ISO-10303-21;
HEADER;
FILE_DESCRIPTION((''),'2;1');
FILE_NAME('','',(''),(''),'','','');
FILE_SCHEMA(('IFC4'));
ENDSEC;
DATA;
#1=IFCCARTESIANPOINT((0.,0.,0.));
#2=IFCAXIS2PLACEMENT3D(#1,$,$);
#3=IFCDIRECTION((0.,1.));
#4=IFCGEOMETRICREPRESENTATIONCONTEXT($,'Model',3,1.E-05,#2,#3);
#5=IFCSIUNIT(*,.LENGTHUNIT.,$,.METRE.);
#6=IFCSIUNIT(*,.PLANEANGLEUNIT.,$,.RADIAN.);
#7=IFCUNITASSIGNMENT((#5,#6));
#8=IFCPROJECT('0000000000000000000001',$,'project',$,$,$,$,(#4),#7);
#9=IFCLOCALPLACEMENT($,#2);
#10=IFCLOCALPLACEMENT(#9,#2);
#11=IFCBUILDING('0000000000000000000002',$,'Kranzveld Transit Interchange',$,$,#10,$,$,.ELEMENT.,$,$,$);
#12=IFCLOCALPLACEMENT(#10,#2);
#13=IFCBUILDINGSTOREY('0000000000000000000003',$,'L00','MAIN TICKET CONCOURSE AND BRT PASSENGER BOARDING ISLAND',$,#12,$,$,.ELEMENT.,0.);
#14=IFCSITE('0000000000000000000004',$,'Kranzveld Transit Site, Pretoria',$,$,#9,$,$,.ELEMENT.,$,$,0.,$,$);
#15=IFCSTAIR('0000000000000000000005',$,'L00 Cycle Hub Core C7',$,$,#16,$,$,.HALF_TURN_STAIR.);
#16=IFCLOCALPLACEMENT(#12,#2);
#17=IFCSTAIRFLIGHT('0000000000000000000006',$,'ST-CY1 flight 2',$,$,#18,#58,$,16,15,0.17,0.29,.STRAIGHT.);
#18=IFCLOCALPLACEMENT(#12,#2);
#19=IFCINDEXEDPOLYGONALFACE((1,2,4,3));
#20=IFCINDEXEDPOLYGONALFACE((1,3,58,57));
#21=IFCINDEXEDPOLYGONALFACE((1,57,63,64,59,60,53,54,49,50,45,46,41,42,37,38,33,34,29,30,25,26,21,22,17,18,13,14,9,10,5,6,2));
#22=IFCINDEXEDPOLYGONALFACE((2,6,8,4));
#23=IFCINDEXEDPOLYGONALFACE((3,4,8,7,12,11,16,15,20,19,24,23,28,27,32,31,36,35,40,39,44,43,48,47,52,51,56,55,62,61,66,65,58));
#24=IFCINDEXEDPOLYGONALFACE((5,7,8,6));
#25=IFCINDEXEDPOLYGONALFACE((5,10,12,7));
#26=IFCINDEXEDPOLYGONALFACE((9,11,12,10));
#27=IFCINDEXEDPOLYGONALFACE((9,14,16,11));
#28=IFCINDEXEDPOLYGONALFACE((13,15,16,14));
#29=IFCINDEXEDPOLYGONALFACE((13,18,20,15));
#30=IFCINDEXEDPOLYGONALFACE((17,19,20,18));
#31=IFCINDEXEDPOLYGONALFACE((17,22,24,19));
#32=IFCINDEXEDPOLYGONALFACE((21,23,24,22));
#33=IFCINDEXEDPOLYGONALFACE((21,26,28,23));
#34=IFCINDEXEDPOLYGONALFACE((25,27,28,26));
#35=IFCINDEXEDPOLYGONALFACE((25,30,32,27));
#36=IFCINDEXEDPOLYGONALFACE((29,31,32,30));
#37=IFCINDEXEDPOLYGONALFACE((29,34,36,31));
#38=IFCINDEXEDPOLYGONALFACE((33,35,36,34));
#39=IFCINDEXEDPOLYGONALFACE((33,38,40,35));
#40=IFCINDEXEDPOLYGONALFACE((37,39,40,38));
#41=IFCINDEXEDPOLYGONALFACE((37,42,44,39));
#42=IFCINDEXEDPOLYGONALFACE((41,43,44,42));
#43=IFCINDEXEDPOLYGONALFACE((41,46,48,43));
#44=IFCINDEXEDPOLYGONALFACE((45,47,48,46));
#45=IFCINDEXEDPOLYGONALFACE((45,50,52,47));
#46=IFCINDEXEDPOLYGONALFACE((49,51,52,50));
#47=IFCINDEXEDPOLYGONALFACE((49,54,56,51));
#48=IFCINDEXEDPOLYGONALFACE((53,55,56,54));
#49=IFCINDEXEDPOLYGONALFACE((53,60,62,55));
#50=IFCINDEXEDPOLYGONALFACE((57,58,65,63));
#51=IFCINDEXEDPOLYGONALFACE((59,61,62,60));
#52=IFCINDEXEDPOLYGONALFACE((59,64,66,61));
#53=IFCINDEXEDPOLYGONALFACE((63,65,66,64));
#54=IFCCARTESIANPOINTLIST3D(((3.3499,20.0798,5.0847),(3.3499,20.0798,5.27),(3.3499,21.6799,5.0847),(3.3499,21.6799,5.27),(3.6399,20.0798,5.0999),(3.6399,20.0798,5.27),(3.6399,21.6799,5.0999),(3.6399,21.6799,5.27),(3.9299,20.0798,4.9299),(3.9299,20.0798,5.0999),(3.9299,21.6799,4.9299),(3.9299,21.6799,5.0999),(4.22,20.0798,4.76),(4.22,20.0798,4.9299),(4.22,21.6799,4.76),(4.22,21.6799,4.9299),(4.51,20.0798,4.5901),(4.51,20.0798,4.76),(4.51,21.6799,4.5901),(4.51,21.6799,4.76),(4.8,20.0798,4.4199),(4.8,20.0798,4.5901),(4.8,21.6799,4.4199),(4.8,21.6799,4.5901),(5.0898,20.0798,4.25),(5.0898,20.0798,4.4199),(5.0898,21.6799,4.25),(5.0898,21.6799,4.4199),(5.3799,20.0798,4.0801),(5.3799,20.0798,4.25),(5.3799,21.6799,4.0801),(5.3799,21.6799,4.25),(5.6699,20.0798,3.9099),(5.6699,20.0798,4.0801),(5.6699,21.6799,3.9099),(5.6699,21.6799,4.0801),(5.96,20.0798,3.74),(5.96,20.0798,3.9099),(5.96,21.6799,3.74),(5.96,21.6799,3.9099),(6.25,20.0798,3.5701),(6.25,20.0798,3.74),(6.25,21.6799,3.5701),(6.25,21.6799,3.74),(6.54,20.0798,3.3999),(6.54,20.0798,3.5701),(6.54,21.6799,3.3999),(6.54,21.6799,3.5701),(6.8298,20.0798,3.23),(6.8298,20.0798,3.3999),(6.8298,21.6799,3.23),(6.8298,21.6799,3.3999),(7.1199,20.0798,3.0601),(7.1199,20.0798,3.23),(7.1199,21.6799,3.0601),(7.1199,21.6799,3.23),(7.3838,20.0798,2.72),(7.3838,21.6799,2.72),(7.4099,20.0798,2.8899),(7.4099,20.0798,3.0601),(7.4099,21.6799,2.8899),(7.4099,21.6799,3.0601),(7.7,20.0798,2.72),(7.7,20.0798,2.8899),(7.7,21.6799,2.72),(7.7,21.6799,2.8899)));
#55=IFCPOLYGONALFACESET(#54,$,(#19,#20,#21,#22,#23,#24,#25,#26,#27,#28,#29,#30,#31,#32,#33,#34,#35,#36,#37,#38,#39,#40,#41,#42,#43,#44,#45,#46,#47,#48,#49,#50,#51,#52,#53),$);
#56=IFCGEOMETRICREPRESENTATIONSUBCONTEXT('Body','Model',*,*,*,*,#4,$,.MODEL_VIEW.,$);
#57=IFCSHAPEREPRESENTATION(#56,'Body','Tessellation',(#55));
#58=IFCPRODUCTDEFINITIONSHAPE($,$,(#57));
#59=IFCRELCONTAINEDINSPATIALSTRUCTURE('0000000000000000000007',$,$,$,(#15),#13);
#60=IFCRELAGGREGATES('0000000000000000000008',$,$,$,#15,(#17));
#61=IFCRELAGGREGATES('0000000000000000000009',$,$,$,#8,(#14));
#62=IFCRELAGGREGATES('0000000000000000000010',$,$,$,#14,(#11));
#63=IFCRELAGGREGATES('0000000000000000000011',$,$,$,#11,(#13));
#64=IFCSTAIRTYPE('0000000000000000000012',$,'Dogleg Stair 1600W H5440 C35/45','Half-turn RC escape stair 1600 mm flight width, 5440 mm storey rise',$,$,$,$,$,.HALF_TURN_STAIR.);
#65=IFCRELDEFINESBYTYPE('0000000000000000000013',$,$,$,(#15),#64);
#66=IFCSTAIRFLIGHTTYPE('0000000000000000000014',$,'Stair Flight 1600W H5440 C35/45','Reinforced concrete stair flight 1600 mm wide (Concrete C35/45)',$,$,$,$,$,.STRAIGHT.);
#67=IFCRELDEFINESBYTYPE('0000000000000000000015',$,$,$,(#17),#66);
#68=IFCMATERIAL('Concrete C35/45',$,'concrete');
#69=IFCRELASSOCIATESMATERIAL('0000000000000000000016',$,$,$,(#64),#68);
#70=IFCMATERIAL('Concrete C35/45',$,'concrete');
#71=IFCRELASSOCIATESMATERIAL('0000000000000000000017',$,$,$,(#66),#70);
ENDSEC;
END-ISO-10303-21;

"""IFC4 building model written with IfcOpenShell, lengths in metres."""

from ifc_helpers import new_model, si_unit, direction, frame, origin, place, context, subcontext, project, spatial, polyline, outline, extrude, material, type_object, element, aggregate, save


model = new_model("IFC4")

# Units and contexts
model_context = context("Model", 3, precision=1e-05, world=origin(), true_north=direction((0.0, 1.0)))
body_context = subcontext(model_context, "Body", "Model", "MODEL_VIEW")
ifc_project = project(units=[si_unit("LENGTHUNIT", "METRE"), si_unit("PLANEANGLEUNIT", "RADIAN")], contexts=[model_context])

# Site, building, storey
site_placement = place(None, origin())
site = spatial("IfcSite", under=ifc_project, at=site_placement, Name="Kranzveld Transit Site, Pretoria", CompositionType="ELEMENT", RefElevation=0.0)
building_placement = place(site_placement, origin())
building = spatial("IfcBuilding", under=site, at=building_placement, Name="Kranzveld Transit Interchange", CompositionType="ELEMENT")
storey_placement = place(building_placement, origin())
storey = spatial("IfcBuildingStorey", under=building, at=storey_placement, Name="L00", Description="MAIN TICKET CONCOURSE AND BRT PASSENGER BOARDING ISLAND", CompositionType="ELEMENT", Elevation=0.0)

# Stair, stair flight
ifc_material_1 = material(Name="Concrete C35/45", Category="concrete")
stair_type = type_object("IfcStairType", Name="Dogleg Stair 1600W H5440 C35/45", Description="Half-turn RC escape stair 1600 mm flight width, 5440 mm storey rise", PredefinedType="HALF_TURN_STAIR", material=ifc_material_1)
stair_placement = place(storey_placement, origin())
stair = element("IfcStair", 1, at=stair_placement, inside=storey, type_object=stair_type, Name="L00 Cycle Hub Core C7", PredefinedType="HALF_TURN_STAIR")
ifc_material_2 = material(Name="Concrete C35/45", Category="concrete")
stair_flight_type = type_object("IfcStairFlightType", Name="Stair Flight 1600W H5440 C35/45", Description="Reinforced concrete stair flight 1600 mm wide (Concrete C35/45)", PredefinedType="STRAIGHT", material=ifc_material_2)
stair_flight_1_placement = place(storey_placement, frame((7.7, 20.8799, 2.72), z_axis=(0.0, 0.0, 1.0), x_axis=(-1.0, 0.0, 0.0)))
stair_flight_1 = element("IfcStairFlight", 2, at=stair_flight_1_placement, type_object=stair_flight_type, Name="ST-CY1 flight 2", NumberOfRisers=16, NumberOfTreads=15, PredefinedType="STRAIGHT", RiserHeight=0.17, TreadLength=0.29, context=body_context, shape_type="SweptSolid", body=[
    extrude(outline(polyline([(0.0, 0.0), (0.0, 0.1699), (0.29, 0.1699), (0.29, 0.3401), (0.5801, 0.3401), (0.5801, 0.51), (0.8701, 0.51), (0.8701, 0.6799), (1.1599, 0.6799), (1.1599, 0.8501), (1.45, 0.8501), (1.45, 1.02), (1.74, 1.02), (1.74, 1.1899), (2.03, 1.1899), (2.03, 1.3601), (2.3201, 1.3601), (2.3201, 1.53), (2.6101, 1.53), (2.6101, 1.7), (2.8999, 1.7), (2.8999, 1.8701), (3.1899, 1.8701), (3.1899, 2.04), (3.48, 2.04), (3.48, 2.21), (3.77, 2.21), (3.77, 2.3799), (4.0601, 2.3799), (4.0601, 2.55), (4.3501, 2.55), (4.3501, 2.72), (4.3501, 2.3647), (0.3162, 0.0), (0.0, 0.0)])), frame((0.0, 0.8, 0.0), z_axis=(0.0, -1.0, 0.0), x_axis=(1.0, 0.0, 0.0)), (0.0, 0.0, 1.0), 1.6001),
])
aggregate(stair, [stair_flight_1])

save(model, "model.ifc")
